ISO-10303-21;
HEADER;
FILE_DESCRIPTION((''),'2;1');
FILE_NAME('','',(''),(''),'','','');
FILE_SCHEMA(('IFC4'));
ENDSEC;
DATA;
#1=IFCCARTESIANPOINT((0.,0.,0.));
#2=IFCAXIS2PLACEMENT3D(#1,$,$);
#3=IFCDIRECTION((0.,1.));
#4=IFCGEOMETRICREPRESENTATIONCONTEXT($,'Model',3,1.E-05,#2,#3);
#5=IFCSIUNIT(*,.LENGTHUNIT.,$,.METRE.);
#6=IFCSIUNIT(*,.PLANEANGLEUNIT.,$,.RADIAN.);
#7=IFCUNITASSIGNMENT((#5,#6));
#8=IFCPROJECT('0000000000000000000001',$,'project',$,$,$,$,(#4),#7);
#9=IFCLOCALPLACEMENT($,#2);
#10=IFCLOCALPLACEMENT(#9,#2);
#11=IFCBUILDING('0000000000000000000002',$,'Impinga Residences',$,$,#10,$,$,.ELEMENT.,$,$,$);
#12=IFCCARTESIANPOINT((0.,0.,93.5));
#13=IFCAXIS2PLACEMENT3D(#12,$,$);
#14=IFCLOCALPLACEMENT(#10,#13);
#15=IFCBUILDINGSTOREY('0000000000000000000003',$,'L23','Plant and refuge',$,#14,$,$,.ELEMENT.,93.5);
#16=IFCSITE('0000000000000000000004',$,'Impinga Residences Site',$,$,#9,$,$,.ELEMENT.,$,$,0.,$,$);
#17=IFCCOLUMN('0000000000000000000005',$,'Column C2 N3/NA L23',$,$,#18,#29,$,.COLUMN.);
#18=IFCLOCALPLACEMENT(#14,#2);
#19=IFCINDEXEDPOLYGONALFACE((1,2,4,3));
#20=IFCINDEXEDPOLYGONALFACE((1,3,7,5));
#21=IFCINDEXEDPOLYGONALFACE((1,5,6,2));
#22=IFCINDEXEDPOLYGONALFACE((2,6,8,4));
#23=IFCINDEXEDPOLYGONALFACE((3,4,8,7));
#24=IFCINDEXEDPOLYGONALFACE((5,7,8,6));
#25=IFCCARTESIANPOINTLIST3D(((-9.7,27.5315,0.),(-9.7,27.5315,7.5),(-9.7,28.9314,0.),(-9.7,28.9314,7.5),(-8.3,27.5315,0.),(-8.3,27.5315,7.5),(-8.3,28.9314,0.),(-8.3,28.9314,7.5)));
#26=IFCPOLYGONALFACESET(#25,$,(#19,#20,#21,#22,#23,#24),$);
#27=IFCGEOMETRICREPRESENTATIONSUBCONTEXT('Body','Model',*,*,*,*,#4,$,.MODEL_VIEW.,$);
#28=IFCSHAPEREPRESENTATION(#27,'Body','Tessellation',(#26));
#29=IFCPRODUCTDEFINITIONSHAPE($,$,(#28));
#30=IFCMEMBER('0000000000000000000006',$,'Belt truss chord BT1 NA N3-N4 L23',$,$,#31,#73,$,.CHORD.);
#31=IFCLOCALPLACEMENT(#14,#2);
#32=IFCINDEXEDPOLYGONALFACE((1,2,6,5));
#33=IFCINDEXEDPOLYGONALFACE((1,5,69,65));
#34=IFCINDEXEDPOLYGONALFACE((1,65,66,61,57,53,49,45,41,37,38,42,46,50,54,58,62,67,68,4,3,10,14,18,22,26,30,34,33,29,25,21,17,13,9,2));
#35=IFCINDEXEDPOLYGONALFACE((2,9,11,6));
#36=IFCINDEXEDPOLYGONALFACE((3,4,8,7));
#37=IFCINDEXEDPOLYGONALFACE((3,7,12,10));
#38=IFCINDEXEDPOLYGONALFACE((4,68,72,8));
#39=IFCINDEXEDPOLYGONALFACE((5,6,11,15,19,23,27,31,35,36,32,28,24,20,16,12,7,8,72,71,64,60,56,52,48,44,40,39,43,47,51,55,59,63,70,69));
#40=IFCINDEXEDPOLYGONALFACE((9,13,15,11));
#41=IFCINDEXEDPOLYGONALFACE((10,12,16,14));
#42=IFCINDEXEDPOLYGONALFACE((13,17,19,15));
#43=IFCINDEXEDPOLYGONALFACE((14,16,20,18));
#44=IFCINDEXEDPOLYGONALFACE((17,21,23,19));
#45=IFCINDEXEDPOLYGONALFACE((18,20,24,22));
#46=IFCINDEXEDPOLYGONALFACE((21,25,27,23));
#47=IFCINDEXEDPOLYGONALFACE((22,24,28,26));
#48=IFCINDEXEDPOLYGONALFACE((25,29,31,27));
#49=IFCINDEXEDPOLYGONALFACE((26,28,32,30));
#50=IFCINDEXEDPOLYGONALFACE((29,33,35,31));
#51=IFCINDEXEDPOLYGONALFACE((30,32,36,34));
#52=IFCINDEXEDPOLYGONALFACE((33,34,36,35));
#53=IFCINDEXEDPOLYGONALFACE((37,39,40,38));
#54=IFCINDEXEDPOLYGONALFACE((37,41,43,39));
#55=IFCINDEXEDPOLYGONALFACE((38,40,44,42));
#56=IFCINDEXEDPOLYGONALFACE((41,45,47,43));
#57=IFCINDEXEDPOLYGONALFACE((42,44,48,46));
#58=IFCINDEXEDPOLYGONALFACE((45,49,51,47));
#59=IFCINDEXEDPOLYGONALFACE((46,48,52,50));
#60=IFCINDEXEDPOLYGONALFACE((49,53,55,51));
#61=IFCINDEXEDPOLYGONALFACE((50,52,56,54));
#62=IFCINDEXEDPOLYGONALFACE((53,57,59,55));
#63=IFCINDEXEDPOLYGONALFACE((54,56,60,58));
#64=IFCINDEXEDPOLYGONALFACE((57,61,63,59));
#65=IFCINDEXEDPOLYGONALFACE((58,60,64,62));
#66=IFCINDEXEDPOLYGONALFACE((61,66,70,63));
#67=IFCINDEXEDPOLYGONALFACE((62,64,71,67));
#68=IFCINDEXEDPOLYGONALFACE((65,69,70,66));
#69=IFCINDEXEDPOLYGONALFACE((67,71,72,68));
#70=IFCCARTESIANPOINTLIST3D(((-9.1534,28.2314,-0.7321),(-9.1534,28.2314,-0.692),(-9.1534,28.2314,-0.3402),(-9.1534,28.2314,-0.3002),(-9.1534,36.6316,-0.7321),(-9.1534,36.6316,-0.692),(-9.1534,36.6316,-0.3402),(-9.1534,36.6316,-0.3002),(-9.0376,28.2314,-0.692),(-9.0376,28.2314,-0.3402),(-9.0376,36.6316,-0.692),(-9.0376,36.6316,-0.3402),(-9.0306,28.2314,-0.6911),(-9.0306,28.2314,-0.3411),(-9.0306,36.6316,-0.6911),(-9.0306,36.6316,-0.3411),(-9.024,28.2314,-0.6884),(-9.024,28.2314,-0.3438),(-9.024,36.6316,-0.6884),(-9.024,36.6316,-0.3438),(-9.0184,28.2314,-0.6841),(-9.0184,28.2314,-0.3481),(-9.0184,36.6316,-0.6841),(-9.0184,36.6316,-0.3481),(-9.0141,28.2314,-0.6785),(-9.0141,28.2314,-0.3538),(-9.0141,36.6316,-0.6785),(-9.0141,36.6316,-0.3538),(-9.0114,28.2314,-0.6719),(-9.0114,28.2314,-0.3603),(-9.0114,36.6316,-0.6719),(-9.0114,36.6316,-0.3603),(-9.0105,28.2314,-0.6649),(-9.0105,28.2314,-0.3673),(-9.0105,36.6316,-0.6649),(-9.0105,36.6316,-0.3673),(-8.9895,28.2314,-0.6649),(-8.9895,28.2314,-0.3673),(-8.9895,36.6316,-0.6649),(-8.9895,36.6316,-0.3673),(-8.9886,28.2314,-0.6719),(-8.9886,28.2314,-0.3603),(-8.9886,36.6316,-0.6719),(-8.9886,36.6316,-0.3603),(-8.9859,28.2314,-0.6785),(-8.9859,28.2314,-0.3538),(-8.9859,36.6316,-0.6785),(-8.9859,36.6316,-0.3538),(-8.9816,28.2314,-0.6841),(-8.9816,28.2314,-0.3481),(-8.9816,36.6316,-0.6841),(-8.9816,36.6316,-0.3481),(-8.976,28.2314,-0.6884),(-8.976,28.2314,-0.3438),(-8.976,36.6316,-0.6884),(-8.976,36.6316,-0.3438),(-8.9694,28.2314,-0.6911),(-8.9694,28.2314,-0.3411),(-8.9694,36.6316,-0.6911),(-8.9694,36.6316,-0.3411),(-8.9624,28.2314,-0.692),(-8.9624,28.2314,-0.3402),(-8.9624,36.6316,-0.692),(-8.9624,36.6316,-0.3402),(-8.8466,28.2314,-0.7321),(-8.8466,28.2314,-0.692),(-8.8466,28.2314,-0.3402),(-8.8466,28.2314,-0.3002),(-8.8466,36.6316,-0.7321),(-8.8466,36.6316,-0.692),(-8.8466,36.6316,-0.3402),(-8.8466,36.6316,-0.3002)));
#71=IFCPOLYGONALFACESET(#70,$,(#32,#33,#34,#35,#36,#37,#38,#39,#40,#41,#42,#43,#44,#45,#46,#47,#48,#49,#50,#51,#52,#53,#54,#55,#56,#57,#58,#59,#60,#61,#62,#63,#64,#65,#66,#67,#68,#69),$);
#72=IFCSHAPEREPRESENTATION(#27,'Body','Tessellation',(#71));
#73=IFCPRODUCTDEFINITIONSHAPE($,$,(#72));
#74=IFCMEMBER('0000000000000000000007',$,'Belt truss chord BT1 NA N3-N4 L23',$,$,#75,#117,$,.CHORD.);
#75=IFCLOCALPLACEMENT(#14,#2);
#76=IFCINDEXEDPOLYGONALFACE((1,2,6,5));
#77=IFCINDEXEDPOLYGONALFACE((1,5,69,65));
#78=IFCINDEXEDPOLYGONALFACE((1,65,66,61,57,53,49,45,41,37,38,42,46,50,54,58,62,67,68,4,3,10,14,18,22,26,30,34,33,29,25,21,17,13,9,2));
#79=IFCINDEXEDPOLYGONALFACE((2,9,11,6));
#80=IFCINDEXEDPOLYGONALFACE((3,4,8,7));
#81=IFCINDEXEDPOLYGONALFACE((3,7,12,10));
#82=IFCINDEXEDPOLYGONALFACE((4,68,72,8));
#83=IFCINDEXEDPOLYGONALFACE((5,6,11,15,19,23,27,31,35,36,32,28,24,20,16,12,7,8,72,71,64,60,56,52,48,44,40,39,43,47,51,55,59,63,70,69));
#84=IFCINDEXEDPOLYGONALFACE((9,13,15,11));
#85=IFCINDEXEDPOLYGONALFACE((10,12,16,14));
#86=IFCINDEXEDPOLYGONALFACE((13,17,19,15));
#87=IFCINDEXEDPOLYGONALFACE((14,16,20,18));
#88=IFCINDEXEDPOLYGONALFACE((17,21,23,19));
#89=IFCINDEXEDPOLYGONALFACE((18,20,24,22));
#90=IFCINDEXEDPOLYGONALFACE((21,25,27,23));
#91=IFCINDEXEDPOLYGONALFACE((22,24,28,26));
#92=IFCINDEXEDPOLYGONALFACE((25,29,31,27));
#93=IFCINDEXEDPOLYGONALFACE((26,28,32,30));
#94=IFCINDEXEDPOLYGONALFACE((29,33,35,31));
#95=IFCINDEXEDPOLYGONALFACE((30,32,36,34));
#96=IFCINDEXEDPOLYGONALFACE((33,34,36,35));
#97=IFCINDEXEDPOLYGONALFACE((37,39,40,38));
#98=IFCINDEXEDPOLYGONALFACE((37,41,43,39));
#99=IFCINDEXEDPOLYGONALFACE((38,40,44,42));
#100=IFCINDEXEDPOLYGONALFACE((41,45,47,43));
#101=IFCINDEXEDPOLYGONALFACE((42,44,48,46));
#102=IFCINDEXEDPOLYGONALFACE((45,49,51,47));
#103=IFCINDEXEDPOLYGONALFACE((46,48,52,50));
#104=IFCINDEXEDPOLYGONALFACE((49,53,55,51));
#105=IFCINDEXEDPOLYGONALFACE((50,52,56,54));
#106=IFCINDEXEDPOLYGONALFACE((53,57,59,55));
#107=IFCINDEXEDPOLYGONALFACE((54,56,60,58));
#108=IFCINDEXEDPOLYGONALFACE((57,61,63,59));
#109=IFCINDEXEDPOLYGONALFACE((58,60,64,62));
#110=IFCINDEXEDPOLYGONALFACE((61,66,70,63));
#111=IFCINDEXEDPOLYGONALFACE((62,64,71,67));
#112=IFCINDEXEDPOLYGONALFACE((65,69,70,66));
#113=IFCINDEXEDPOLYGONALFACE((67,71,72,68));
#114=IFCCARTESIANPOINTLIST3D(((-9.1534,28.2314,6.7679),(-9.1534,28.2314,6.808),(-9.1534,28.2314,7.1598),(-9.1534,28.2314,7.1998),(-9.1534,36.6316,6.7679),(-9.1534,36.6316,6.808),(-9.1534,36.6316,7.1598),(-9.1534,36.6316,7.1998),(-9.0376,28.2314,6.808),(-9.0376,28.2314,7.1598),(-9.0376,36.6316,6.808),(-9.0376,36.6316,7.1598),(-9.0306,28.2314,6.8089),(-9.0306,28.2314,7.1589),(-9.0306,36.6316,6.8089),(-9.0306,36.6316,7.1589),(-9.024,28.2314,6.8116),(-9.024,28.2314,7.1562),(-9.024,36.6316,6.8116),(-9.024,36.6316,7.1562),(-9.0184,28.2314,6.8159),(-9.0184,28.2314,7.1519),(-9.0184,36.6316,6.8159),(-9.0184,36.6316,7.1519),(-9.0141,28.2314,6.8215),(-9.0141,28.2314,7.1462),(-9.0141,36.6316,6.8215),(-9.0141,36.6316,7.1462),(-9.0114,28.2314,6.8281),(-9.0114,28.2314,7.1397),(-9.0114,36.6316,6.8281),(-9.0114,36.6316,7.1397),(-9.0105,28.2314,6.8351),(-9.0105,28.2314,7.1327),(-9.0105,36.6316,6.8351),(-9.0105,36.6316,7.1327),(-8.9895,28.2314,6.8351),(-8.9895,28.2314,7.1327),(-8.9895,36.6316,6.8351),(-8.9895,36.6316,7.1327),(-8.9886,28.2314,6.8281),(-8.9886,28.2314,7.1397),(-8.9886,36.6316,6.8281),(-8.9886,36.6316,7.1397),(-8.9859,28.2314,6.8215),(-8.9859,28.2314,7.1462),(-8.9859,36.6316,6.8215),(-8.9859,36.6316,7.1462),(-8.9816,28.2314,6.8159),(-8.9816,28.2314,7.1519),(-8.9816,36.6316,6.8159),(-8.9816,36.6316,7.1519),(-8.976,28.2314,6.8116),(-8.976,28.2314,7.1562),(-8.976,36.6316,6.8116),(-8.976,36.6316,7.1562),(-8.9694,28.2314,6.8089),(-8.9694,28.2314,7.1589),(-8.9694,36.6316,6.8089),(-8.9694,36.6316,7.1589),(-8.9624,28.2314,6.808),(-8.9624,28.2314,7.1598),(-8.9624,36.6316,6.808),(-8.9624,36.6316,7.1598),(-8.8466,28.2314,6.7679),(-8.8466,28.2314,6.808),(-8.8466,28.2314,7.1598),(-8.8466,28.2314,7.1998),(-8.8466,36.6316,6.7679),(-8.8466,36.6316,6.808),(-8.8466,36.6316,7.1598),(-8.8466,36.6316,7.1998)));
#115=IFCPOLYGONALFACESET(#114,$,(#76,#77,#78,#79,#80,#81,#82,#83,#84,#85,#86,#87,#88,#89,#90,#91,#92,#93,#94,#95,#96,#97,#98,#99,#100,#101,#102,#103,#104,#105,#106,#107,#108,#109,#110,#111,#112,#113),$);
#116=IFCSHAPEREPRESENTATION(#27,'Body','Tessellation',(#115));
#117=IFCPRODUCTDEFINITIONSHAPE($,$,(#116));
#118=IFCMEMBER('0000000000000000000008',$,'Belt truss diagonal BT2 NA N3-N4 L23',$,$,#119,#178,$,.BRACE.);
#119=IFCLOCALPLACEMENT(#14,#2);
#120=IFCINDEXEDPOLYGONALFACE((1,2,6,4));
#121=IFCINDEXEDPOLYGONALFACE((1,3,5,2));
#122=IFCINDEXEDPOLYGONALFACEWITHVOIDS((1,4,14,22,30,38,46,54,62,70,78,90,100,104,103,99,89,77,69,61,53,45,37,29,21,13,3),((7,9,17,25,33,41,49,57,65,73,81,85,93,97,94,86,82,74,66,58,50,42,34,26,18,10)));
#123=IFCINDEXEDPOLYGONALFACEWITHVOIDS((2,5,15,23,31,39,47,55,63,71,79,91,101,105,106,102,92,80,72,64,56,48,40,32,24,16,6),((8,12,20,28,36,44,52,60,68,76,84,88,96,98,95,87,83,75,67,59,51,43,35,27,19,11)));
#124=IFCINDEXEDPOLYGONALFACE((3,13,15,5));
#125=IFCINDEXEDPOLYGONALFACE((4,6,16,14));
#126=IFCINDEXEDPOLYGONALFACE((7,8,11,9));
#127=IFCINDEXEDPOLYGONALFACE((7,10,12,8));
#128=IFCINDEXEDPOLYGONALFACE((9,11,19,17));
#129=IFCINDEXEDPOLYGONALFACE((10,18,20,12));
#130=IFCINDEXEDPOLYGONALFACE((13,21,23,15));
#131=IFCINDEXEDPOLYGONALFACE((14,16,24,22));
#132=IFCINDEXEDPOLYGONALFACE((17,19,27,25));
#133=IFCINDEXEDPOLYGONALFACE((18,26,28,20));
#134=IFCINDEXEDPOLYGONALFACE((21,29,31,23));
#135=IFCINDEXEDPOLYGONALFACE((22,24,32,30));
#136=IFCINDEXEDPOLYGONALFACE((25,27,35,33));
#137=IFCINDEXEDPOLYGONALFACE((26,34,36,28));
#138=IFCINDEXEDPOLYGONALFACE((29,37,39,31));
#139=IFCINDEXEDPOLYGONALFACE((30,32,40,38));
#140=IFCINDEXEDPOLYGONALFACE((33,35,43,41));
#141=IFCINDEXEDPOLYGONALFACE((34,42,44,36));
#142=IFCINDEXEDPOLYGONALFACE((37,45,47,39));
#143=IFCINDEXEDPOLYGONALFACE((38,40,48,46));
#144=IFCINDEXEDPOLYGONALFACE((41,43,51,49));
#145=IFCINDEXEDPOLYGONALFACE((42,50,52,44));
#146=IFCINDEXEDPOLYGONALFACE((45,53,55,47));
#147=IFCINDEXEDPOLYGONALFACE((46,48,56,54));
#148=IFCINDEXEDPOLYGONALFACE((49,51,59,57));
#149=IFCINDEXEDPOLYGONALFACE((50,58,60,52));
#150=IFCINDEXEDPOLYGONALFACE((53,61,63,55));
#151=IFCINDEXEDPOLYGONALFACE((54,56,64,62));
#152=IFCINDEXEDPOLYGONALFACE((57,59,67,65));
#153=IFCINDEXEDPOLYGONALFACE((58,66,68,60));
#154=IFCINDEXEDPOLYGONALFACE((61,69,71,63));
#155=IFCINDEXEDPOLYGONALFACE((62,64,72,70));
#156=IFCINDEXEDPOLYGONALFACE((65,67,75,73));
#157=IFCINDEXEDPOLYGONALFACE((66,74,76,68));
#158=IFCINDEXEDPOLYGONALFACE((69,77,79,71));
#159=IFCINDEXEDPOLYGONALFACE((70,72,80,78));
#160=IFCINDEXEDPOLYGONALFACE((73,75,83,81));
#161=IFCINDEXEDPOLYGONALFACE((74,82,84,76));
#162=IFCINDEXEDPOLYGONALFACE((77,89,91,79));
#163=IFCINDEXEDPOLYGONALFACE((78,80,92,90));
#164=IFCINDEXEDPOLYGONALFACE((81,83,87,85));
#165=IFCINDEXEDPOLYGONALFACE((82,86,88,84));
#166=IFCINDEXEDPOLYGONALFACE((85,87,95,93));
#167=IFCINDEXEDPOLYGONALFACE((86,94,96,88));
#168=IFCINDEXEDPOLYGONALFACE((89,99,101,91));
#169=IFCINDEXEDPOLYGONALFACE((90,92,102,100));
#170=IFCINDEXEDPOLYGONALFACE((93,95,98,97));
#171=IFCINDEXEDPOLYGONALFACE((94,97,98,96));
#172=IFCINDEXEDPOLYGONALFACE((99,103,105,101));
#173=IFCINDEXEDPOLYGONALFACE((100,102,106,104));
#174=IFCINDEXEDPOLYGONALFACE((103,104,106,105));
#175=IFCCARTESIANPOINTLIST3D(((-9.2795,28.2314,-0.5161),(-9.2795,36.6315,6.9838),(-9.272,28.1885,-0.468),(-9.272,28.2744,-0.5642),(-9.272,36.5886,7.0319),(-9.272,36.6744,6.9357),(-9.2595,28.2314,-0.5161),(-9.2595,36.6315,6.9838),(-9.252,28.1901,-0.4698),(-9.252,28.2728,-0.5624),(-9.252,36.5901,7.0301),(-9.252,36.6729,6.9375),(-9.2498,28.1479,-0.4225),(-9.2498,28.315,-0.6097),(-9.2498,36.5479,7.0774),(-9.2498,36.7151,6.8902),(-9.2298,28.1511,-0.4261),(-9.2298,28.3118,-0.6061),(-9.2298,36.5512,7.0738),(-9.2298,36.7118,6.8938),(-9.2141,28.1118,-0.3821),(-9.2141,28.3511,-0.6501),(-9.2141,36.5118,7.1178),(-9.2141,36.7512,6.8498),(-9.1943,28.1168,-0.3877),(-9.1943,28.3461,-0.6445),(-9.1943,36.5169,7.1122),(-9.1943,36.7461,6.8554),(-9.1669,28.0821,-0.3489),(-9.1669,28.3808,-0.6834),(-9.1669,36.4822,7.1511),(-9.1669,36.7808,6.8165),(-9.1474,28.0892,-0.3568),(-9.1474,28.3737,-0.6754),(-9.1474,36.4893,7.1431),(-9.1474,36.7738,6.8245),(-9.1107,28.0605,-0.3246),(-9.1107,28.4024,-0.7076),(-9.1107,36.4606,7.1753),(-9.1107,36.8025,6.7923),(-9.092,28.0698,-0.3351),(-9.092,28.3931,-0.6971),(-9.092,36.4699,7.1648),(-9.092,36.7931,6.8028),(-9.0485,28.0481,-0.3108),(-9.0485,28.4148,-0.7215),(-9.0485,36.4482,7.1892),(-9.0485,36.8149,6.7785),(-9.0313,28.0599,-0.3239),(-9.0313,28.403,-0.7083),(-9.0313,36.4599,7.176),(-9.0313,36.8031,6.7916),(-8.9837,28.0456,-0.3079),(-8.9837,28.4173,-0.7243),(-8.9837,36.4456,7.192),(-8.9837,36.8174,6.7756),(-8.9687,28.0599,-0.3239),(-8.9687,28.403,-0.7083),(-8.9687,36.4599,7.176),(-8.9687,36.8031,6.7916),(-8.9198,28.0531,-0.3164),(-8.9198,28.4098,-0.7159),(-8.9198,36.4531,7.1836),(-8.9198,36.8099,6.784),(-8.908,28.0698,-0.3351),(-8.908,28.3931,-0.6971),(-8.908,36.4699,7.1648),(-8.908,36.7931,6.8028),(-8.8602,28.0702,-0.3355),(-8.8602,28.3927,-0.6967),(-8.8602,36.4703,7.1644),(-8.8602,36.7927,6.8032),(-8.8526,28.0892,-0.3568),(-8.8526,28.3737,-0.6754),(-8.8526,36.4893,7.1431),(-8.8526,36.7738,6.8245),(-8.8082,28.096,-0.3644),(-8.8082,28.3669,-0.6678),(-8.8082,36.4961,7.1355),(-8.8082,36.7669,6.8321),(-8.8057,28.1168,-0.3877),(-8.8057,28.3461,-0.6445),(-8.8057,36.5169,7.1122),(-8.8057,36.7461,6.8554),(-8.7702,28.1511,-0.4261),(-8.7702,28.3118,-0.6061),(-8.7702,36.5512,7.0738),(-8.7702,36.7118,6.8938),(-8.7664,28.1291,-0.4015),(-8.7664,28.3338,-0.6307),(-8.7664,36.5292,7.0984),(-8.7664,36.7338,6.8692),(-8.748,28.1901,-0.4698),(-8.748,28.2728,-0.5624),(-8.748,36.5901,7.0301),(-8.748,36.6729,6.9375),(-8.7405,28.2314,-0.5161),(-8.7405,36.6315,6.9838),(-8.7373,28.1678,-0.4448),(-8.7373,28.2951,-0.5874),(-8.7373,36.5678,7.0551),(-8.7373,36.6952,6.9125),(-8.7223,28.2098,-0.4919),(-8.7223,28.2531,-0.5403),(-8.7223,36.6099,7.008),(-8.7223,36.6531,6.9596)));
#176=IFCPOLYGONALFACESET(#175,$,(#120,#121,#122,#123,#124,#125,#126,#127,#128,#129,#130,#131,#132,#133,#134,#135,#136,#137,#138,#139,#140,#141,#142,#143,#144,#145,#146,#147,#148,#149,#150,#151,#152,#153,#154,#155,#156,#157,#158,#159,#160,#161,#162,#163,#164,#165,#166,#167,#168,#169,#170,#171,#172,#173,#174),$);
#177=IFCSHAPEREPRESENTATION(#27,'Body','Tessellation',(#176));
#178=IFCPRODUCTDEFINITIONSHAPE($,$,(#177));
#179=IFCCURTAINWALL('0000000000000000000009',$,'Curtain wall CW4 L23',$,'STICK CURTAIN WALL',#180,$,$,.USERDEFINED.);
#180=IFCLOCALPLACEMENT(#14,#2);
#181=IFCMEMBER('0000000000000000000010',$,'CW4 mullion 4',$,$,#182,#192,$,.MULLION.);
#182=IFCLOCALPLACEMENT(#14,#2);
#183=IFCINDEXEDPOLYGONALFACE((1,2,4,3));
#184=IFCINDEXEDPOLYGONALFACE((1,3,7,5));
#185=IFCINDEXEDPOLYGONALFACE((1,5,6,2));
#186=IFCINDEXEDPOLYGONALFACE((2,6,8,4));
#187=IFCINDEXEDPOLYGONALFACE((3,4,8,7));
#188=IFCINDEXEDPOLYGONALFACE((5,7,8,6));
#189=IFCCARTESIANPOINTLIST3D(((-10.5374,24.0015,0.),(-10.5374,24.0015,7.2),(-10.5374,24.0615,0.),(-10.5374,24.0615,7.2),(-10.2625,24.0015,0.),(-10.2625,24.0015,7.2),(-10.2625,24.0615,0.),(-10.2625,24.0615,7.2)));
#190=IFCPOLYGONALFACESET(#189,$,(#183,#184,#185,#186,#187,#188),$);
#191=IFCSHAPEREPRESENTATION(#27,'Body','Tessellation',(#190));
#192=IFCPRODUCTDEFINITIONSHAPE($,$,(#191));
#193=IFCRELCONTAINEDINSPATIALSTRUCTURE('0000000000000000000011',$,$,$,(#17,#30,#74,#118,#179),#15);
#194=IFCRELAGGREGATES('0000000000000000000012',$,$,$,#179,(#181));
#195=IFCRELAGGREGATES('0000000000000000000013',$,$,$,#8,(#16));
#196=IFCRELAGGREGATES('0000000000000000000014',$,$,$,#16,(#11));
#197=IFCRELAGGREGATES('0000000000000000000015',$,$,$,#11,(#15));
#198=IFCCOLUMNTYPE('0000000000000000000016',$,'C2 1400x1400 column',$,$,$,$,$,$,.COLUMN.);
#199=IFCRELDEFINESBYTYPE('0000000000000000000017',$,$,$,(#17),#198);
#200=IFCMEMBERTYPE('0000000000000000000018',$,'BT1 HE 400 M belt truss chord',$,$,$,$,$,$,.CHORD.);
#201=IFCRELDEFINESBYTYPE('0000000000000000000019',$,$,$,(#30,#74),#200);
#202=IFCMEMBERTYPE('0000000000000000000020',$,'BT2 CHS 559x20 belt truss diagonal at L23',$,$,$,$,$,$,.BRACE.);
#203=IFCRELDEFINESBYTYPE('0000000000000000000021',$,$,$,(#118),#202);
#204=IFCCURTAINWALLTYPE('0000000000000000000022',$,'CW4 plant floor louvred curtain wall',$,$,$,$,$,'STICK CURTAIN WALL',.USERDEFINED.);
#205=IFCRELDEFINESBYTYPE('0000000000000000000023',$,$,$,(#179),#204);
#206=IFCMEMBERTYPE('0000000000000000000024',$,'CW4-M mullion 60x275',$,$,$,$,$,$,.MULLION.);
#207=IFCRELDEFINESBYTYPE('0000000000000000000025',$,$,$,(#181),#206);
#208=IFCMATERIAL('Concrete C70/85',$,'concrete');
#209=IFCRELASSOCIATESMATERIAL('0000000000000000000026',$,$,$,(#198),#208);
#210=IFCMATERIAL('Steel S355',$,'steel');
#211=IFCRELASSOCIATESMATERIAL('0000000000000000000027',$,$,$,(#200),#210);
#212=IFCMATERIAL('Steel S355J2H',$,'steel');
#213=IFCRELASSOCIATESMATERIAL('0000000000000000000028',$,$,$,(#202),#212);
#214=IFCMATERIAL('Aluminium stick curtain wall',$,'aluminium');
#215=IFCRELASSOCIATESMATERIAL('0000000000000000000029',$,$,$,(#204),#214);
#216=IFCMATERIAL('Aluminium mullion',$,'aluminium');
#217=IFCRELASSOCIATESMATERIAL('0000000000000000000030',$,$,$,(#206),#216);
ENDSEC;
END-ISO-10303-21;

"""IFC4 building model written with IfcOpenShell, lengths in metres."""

from ifc_helpers import new_model, si_unit, direction, frame, origin, origin_2d, place, context, subcontext, project, spatial, rectangle, hollow_circle, i_section, extrude, material, material_profile, profile_set, type_object, element, aggregate, save


model = new_model("IFC4")

# Units and contexts
model_context = context("Model", 3, precision=1e-05, world=origin(), true_north=direction((0.0, 1.0)))
body_context = subcontext(model_context, "Body", "Model", "MODEL_VIEW")
ifc_project = project(units=[si_unit("LENGTHUNIT", "METRE"), si_unit("PLANEANGLEUNIT", "RADIAN")], contexts=[model_context])

# Site, building, storey
site_placement = place(None, origin())
site = spatial("IfcSite", under=ifc_project, at=site_placement, Name="Impinga Residences Site", CompositionType="ELEMENT", RefElevation=0.0)
building_placement = place(site_placement, origin())
building = spatial("IfcBuilding", under=site, at=building_placement, Name="Impinga Residences", CompositionType="ELEMENT")
storey_placement = place(building_placement, frame((0.0, 0.0, 93.5)))
storey = spatial("IfcBuildingStorey", under=building, at=storey_placement, Name="L23", Description="Plant and refuge", CompositionType="ELEMENT", Elevation=93.5)

# Column
ifc_material_1 = material(Name="Concrete C70/85", Category="concrete")
ifc_material_profile_1 = material_profile(ifc_material_1, rectangle(XDim=1.3999, YDim=1.3999, at=origin_2d()), Name="RC 1400x1400")
ifc_profile_set_1 = profile_set([ifc_material_profile_1], Name="Concrete C70/85")
column_type = type_object("IfcColumnType", Name="C2 1400x1400 column", PredefinedType="COLUMN", material=ifc_profile_set_1)
column_placement = place(storey_placement, frame((-9.0, 28.2314, 0.0), z_axis=(0.0, 0.0, 1.0), x_axis=(1.0, 0.0, 0.0)))
element("IfcColumn", 1, at=column_placement, inside=storey, type_object=column_type, Name="Column C2 N3/NA L23", PredefinedType="COLUMN", context=body_context, shape_type="SweptSolid", body=[
    extrude(rectangle(XDim=1.3999, YDim=1.3999, at=origin_2d()), origin(), (0.0, 0.0, 1.0), 7.5),
])

# Members
ifc_material_2 = material(Name="Steel S355", Category="steel")
ifc_material_profile_2 = material_profile(ifc_material_2, i_section(OverallWidth=0.3069, OverallDepth=0.4319, WebThickness=0.021, FlangeThickness=0.04, FilletRadius=0.0271, at=origin_2d()), Name="HE 400 M")
ifc_profile_set_2 = profile_set([ifc_material_profile_2], Name="Steel S355")
member_type_1 = type_object("IfcMemberType", Name="BT1 HE 400 M belt truss chord", PredefinedType="CHORD", material=ifc_profile_set_2)
for number, where, z_axis, x_axis, name in (
    (2, (-9.0, 28.2314, -0.5161), (0.0, 1.0, 0.0), (-1.0, 0.0, 0.0), "Belt truss chord BT1 NA N3-N4 L23"),
    (3, (-9.0, 28.2314, 6.9839), (0.0, 1.0, 0.0), (-1.0, 0.0, 0.0), "Belt truss chord BT1 NA N3-N4 L23"),
):
    element("IfcMember", number, at=place(storey_placement, frame(where, z_axis=z_axis, x_axis=x_axis)), inside=storey, type_object=member_type_1, Name=name, PredefinedType="CHORD", context=body_context, shape_type="SweptSolid", body=[
        extrude(i_section(OverallWidth=0.3069, OverallDepth=0.4319, WebThickness=0.021, FlangeThickness=0.04, FilletRadius=0.0271, at=origin_2d()), origin(), (0.0, 0.0, 1.0), 8.4001),
    ])
ifc_material_3 = material(Name="Steel S355J2H", Category="steel")
ifc_material_profile_3 = material_profile(ifc_material_3, hollow_circle(Radius=0.2795, WallThickness=0.02, at=origin_2d()), Name="CHS 559x20")
ifc_profile_set_3 = profile_set([ifc_material_profile_3], Name="Steel S355J2H")
member_type_2 = type_object("IfcMemberType", Name="BT2 CHS 559x20 belt truss diagonal at L23", PredefinedType="BRACE", material=ifc_profile_set_3)
member_1_placement = place(storey_placement, frame((-9.0, 28.2314, -0.5161), z_axis=(0.0, 0.745943, 0.666009), x_axis=(-1.0, 0.0, 0.0)))
element("IfcMember", 4, at=member_1_placement, inside=storey, type_object=member_type_2, Name="Belt truss diagonal BT2 NA N3-N4 L23", PredefinedType="BRACE", context=body_context, shape_type="SweptSolid", body=[
    extrude(hollow_circle(Radius=0.2795, WallThickness=0.02, at=origin_2d()), origin(), (0.0, 0.0, 1.0), 11.261),
])

# Curtain wall, member
ifc_material_4 = material(Name="Aluminium stick curtain wall", Category="aluminium")
curtain_wall_type = type_object("IfcCurtainWallType", Name="CW4 plant floor louvred curtain wall", ElementType="STICK CURTAIN WALL", PredefinedType="USERDEFINED", material=ifc_material_4)
curtain_wall_placement = place(storey_placement, origin())
curtain_wall = element("IfcCurtainWall", 5, at=curtain_wall_placement, inside=storey, type_object=curtain_wall_type, Name="Curtain wall CW4 L23", ObjectType="STICK CURTAIN WALL", PredefinedType="USERDEFINED")
ifc_material_5 = material(Name="Aluminium mullion", Category="aluminium")
ifc_material_profile_4 = material_profile(ifc_material_5, rectangle(XDim=0.0601, YDim=0.2749, at=origin_2d()), Name="60x275 mullion")
ifc_profile_set_4 = profile_set([ifc_material_profile_4], Name="Aluminium mullion")
member_type_3 = type_object("IfcMemberType", Name="CW4-M mullion 60x275", PredefinedType="MULLION", material=ifc_profile_set_4)
member_2_placement = place(storey_placement, frame((-10.3999, 24.0315, 0.0), z_axis=(0.0, 0.0, 1.0), x_axis=(0.0, 1.0, 0.0)))
member_2 = element("IfcMember", 6, at=member_2_placement, type_object=member_type_3, Name="CW4 mullion 4", PredefinedType="MULLION", context=body_context, shape_type="SweptSolid", body=[
    extrude(rectangle(XDim=0.0601, YDim=0.2749, at=origin_2d()), origin(), (0.0, 0.0, 1.0), 7.2),
])
aggregate(curtain_wall, [member_2])

save(model, "model.ifc")
